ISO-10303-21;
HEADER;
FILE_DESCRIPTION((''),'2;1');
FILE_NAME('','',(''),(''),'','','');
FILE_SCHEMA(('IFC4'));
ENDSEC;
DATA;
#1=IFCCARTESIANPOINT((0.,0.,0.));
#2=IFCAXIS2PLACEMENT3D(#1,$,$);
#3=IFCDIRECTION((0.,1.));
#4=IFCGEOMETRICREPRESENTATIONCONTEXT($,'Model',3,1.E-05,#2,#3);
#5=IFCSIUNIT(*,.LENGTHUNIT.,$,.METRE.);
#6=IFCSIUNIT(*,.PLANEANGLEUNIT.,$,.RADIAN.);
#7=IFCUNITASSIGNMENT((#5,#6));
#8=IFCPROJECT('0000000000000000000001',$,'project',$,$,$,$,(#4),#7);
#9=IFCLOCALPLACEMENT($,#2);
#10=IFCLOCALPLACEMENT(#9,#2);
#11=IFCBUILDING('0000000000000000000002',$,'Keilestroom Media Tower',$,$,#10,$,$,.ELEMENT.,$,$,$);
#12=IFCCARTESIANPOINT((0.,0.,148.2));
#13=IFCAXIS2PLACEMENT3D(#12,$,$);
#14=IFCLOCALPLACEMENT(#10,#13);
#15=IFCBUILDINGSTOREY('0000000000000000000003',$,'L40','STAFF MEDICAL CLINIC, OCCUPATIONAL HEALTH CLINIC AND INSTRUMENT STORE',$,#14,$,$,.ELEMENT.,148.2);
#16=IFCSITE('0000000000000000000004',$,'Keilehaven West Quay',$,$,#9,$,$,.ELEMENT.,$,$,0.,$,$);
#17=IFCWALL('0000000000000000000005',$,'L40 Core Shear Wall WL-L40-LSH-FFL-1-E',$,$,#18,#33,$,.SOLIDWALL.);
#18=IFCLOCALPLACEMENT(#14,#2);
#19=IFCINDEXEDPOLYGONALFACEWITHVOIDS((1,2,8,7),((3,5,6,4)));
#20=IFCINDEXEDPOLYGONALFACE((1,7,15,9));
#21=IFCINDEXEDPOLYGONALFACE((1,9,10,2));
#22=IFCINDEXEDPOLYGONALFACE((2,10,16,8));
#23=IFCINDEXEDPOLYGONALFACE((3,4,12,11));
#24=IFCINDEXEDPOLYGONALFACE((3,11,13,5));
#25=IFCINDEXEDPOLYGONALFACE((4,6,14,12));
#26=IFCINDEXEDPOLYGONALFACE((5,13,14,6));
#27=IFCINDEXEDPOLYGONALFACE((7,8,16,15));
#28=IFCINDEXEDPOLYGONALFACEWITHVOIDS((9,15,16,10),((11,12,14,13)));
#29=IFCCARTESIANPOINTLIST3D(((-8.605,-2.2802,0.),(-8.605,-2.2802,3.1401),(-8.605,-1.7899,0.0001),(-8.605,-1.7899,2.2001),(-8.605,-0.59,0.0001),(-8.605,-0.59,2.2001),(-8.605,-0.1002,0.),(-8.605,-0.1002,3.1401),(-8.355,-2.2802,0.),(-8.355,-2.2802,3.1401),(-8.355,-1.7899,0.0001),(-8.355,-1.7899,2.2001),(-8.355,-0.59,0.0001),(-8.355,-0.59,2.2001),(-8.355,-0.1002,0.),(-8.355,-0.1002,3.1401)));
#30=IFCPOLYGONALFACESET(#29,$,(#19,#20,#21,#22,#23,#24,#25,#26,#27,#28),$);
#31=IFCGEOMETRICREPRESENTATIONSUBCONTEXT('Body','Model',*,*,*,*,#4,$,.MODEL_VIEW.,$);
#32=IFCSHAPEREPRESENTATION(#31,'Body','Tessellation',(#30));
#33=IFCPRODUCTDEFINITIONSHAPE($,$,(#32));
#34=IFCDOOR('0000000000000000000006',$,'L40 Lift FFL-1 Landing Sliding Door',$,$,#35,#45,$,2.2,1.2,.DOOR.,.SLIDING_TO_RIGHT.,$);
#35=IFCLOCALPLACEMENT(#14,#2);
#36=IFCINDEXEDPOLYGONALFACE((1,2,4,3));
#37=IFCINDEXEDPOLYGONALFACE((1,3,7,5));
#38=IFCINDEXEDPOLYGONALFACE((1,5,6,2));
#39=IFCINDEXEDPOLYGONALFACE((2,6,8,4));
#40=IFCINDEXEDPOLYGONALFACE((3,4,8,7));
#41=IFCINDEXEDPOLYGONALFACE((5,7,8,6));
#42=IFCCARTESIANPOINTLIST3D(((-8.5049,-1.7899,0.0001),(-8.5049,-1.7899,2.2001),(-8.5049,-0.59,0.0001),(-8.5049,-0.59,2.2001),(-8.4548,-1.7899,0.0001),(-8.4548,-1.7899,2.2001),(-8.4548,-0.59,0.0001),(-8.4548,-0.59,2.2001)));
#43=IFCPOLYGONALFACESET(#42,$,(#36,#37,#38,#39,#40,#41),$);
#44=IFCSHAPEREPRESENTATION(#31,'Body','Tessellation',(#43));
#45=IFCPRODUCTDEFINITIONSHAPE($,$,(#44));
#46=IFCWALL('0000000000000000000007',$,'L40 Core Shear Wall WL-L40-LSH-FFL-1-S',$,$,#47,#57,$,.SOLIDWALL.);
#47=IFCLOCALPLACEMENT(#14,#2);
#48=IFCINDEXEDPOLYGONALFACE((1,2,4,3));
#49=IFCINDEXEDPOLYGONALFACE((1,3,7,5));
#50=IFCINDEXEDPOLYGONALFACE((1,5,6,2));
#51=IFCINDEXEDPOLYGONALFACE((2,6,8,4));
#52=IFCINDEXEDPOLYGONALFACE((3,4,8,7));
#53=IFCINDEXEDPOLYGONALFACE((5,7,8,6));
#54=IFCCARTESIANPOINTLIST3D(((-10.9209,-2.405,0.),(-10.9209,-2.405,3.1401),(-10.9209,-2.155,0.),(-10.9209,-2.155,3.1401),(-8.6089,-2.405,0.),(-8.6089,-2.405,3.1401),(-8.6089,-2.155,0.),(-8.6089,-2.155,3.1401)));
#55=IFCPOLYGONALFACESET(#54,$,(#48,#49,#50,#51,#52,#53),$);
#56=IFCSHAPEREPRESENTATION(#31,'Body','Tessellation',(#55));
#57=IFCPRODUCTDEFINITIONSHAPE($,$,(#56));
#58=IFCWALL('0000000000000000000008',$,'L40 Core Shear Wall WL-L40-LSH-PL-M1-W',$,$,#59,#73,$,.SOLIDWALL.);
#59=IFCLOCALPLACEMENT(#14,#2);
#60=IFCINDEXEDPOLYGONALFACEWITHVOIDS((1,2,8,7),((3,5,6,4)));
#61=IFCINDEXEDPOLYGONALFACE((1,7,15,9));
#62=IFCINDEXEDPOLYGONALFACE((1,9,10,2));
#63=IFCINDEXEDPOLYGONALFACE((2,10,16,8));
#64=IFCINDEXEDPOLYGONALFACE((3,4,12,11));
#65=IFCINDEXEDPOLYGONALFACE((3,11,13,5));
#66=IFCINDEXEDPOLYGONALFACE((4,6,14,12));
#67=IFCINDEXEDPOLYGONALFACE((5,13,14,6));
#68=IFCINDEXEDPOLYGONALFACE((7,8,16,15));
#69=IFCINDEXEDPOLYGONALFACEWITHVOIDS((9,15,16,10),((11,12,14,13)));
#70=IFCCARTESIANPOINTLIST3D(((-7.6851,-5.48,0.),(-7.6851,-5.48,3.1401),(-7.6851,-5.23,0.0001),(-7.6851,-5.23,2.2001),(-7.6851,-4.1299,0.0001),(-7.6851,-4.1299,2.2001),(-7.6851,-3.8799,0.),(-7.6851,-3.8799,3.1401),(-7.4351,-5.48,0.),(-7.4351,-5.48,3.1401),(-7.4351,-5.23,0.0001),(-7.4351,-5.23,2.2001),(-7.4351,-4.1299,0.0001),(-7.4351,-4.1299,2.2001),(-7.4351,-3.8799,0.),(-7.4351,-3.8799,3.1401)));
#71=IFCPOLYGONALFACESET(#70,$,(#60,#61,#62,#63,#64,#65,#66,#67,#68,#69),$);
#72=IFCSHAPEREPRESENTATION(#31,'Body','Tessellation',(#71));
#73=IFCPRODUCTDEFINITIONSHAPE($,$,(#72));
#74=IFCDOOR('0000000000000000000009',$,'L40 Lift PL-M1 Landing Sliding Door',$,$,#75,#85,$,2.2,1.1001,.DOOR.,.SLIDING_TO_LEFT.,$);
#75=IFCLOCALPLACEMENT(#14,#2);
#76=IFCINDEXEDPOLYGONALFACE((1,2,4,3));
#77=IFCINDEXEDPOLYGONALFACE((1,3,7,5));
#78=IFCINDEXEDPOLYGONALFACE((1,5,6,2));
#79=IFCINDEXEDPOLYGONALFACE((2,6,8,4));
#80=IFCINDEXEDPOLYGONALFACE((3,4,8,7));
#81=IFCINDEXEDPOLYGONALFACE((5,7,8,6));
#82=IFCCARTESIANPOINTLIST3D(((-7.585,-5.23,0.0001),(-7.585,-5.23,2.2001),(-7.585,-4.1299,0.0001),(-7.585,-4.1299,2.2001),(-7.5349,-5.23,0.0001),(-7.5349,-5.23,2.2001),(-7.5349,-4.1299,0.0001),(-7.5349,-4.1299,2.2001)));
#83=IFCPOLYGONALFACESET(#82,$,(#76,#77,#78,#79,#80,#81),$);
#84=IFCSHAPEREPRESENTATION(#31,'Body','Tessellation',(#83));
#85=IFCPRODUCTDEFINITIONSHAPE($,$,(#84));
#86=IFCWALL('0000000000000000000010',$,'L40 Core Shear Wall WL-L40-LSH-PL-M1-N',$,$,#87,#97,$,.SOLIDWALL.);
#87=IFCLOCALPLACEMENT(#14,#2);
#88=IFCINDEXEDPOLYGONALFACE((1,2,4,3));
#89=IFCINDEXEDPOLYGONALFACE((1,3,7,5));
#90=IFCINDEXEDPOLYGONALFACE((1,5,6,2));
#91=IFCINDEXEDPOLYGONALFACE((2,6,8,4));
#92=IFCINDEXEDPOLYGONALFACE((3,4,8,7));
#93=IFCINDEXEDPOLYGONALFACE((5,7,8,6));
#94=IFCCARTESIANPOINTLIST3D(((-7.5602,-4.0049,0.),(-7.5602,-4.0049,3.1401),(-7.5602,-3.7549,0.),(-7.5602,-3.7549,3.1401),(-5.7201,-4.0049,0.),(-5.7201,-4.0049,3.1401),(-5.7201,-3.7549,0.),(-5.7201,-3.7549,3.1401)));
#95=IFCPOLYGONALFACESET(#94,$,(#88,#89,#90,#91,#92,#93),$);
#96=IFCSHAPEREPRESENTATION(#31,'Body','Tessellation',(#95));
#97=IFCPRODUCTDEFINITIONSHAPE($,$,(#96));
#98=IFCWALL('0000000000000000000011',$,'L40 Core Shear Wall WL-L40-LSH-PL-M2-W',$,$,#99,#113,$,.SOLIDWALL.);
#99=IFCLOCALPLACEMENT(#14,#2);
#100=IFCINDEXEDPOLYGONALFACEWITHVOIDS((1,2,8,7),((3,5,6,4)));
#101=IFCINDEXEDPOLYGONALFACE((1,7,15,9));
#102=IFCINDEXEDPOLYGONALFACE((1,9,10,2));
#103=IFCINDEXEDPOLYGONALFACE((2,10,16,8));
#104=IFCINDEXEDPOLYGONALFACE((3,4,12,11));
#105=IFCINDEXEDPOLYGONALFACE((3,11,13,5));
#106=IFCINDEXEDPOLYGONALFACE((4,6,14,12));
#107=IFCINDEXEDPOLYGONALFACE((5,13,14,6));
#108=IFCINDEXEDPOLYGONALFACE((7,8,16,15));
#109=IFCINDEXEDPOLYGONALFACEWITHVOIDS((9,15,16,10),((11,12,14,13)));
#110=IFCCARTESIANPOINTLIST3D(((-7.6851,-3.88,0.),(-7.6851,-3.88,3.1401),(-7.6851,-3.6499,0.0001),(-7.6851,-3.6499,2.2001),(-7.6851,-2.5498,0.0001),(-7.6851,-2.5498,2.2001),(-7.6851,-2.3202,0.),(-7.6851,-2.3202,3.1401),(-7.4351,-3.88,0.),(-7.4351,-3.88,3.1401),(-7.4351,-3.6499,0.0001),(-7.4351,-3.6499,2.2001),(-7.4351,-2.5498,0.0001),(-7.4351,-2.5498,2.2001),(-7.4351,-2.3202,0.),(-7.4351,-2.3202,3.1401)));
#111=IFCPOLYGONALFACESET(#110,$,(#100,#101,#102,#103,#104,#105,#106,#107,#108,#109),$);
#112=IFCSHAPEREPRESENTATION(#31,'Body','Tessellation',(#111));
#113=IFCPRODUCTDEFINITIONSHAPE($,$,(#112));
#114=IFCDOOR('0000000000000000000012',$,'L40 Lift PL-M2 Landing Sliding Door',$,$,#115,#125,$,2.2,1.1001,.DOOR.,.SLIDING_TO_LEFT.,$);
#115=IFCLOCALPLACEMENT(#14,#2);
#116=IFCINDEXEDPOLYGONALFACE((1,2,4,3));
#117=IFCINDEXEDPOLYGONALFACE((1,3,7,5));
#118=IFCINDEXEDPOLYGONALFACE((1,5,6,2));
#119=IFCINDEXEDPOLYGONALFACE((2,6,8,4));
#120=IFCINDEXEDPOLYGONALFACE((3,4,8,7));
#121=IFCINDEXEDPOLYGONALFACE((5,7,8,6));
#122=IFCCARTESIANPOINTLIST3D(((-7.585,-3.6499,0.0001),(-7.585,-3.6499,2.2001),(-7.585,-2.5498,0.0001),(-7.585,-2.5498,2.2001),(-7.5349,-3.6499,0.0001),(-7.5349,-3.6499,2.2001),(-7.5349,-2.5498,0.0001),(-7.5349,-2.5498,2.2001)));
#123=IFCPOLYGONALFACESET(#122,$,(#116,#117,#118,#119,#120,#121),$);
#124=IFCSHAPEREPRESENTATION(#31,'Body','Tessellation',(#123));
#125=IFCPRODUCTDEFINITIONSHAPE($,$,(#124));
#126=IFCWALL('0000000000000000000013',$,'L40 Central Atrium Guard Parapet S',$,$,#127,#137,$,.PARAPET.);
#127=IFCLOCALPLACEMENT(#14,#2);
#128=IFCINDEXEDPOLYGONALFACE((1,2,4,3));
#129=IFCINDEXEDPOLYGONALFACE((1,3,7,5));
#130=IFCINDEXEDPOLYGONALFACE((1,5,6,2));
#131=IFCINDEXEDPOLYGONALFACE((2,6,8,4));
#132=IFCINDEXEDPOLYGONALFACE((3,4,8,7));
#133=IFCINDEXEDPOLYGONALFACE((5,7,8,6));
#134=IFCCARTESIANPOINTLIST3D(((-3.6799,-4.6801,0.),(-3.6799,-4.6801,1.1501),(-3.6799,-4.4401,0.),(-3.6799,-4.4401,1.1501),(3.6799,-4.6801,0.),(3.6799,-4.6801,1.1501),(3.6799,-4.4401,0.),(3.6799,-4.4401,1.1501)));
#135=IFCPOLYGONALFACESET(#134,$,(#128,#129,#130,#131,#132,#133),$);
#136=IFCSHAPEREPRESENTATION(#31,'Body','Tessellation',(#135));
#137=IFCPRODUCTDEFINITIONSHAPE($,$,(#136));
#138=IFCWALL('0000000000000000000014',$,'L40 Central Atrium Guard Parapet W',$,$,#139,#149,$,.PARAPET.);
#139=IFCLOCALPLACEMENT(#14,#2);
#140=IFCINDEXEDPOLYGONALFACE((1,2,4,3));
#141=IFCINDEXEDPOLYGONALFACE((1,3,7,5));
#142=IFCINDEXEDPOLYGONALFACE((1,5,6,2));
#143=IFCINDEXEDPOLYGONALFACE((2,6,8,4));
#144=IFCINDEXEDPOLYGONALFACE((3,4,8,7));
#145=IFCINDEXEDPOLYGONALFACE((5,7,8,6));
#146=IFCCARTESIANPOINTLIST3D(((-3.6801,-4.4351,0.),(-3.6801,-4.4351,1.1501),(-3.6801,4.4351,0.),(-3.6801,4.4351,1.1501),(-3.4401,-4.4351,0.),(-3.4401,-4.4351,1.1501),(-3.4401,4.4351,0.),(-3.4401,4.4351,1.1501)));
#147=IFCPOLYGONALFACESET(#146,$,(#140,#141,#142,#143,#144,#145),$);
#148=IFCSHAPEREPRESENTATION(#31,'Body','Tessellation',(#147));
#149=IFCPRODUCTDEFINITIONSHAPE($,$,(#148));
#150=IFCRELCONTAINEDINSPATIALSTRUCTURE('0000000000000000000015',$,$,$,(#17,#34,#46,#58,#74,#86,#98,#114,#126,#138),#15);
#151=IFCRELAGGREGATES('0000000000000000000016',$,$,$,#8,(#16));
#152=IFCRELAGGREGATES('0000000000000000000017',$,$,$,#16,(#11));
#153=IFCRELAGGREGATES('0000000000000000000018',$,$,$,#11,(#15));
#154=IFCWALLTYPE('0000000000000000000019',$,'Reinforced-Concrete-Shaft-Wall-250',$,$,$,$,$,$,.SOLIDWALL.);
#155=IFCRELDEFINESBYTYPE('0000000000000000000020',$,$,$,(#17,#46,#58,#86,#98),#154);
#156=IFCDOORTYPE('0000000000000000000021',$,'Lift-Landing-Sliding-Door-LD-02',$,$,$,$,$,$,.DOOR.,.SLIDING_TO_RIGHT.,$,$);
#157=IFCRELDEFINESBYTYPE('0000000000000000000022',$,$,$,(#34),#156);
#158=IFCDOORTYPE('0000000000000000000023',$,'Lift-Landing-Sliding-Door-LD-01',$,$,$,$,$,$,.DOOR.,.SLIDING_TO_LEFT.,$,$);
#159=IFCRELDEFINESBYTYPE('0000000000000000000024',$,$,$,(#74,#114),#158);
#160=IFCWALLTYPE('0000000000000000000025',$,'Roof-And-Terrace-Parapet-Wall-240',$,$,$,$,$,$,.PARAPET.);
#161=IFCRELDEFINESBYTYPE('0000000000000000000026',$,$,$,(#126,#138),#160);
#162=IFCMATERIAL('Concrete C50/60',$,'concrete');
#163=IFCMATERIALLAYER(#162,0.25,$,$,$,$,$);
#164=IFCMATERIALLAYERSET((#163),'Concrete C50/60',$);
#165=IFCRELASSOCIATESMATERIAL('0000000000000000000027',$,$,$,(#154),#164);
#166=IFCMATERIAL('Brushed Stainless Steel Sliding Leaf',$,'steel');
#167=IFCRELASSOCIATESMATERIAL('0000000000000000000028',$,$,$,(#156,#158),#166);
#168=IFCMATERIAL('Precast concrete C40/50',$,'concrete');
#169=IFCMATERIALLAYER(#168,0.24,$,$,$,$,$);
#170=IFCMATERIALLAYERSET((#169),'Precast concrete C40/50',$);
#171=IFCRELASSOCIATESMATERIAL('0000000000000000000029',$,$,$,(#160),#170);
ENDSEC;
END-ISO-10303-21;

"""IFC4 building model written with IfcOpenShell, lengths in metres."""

from ifc_helpers import new_model, si_unit, direction, frame, frame_2d, origin, place, context, subcontext, project, spatial, rectangle, extrude, source, transform, mapped, material, layer, layer_set, type_object, element, fill, save


model = new_model("IFC4")

# Units and contexts
model_context = context("Model", 3, precision=1e-05, world=origin(), true_north=direction((0.0, 1.0)))
body_context = subcontext(model_context, "Body", "Model", "MODEL_VIEW")
ifc_project = project(units=[si_unit("LENGTHUNIT", "METRE"), si_unit("PLANEANGLEUNIT", "RADIAN")], contexts=[model_context])

# Site, building, storey
site_placement = place(None, origin())
site = spatial("IfcSite", under=ifc_project, at=site_placement, Name="Keilehaven West Quay", CompositionType="ELEMENT", RefElevation=0.0)
building_placement = place(site_placement, origin())
building = spatial("IfcBuilding", under=site, at=building_placement, Name="Keilestroom Media Tower", CompositionType="ELEMENT")
storey_placement = place(building_placement, frame((0.0, 0.0, 148.2)))
storey = spatial("IfcBuildingStorey", under=building, at=storey_placement, Name="L40", Description="STAFF MEDICAL CLINIC, OCCUPATIONAL HEALTH CLINIC AND INSTRUMENT STORE", CompositionType="ELEMENT", Elevation=148.2)

# Shared definitions
shared_shape_1 = source(origin(), body_context, "Body", "SweptSolid", [
    extrude(rectangle(XDim=1.2, YDim=2.2, at=frame_2d((0.6001, 1.1001))), frame((0.0, 0.0249, 0.0), z_axis=(0.0, -1.0, 0.0), x_axis=(1.0, 0.0, 0.0)), (0.0, 0.0, 1.0), 0.05),
])

# Shared definitions
ifc_material_1 = material(Name="Concrete C50/60", Category="concrete")
ifc_layer_1 = layer(ifc_material_1, 0.25)
ifc_layer_set_1 = layer_set([ifc_layer_1], Name="Concrete C50/60")
wall_type_1 = type_object("IfcWallType", Name="Reinforced-Concrete-Shaft-Wall-250", PredefinedType="SOLIDWALL", material=ifc_layer_set_1)

# Wall, opening, door
wall_1_placement = place(storey_placement, frame((-8.48, -2.28, 0.0), z_axis=(0.0, 0.0, 1.0), x_axis=(0.0, 1.0, 0.0)))
wall_1 = element("IfcWall", 1, at=wall_1_placement, inside=storey, type_object=wall_type_1, Name="L40 Core Shear Wall WL-L40-LSH-FFL-1-E", PredefinedType="SOLIDWALL", context=body_context, shape_type="SweptSolid", body=[
    extrude(rectangle(XDim=2.1799, YDim=0.25, at=frame_2d((1.0898, 0.0))), origin(), (0.0, 0.0, 1.0), 3.1401),
])
opening_1_placement = place(wall_1_placement, frame((0.49, 0.0, 0.0)))
opening_1 = element("IfcOpeningElement", 2, at=opening_1_placement, cuts=wall_1, PredefinedType="OPENING", context=body_context, shape_type="SweptSolid", body=[
    extrude(rectangle(XDim=1.2, YDim=2.2, at=frame_2d((0.6001, 1.1001))), frame((0.0, 0.135, 0.0), z_axis=(0.0, -1.0, 0.0), x_axis=(1.0, 0.0, 0.0)), (0.0, 0.0, 1.0), 0.27),
])
ifc_material_2 = material(Name="Brushed Stainless Steel Sliding Leaf", Category="steel")
door_type_1 = type_object("IfcDoorType", Name="Lift-Landing-Sliding-Door-LD-02", OperationType="SLIDING_TO_RIGHT", PredefinedType="DOOR", material=ifc_material_2)
door_1_placement = place(opening_1_placement, origin())
door_1 = element("IfcDoor", 3, at=door_1_placement, inside=storey, type_object=door_type_1, Name="L40 Lift FFL-1 Landing Sliding Door", OperationType="SLIDING_TO_RIGHT", OverallHeight=2.2, OverallWidth=1.2, PredefinedType="DOOR", context=body_context, shape_type="MappedRepresentation", body=[
    mapped(shared_shape_1, transform((0.0, 0.0, 0.0), x_axis=(1.0, 0.0, 0.0), y_axis=(0.0, 1.0, 0.0), z_axis=(0.0, 0.0, 1.0), scale=1.0)),
])
fill(opening_1, door_1)

# Wall
wall_2_placement = place(storey_placement, frame((-10.9209, -2.28, 0.0), z_axis=(0.0, 0.0, 1.0), x_axis=(1.0, 0.0, 0.0)))
element("IfcWall", 4, at=wall_2_placement, inside=storey, type_object=wall_type_1, Name="L40 Core Shear Wall WL-L40-LSH-FFL-1-S", PredefinedType="SOLIDWALL", context=body_context, shape_type="SweptSolid", body=[
    extrude(rectangle(XDim=2.312, YDim=0.25, at=frame_2d((1.156, 0.0))), origin(), (0.0, 0.0, 1.0), 3.1401),
])

# Wall, opening, door
wall_3_placement = place(storey_placement, frame((-7.5601, -5.48, 0.0), z_axis=(0.0, 0.0, 1.0), x_axis=(0.0, 1.0, 0.0)))
wall_3 = element("IfcWall", 5, at=wall_3_placement, inside=storey, type_object=wall_type_1, Name="L40 Core Shear Wall WL-L40-LSH-PL-M1-W", PredefinedType="SOLIDWALL", context=body_context, shape_type="SweptSolid", body=[
    extrude(rectangle(XDim=1.6001, YDim=0.25, at=frame_2d((0.8, 0.0))), origin(), (0.0, 0.0, 1.0), 3.1401),
])
opening_2_placement = place(wall_3_placement, frame((0.25, 0.0, 0.0)))
opening_2 = element("IfcOpeningElement", 6, at=opening_2_placement, cuts=wall_3, PredefinedType="OPENING", context=body_context, shape_type="SweptSolid", body=[
    extrude(rectangle(XDim=1.1001, YDim=2.2, at=frame_2d((0.55, 1.1001))), frame((0.0, 0.135, 0.0), z_axis=(0.0, -1.0, 0.0), x_axis=(1.0, 0.0, 0.0)), (0.0, 0.0, 1.0), 0.27),
])
door_type_2 = type_object("IfcDoorType", Name="Lift-Landing-Sliding-Door-LD-01", OperationType="SLIDING_TO_LEFT", PredefinedType="DOOR", material=ifc_material_2)
shared_shape_2 = source(origin(), body_context, "Body", "SweptSolid", [
    extrude(rectangle(XDim=1.1001, YDim=2.2, at=frame_2d((0.55, 1.1001))), frame((0.0, 0.0249, 0.0), z_axis=(0.0, -1.0, 0.0), x_axis=(1.0, 0.0, 0.0)), (0.0, 0.0, 1.0), 0.05),
])
door_2_placement = place(opening_2_placement, origin())
door_2 = element("IfcDoor", 7, at=door_2_placement, inside=storey, type_object=door_type_2, Name="L40 Lift PL-M1 Landing Sliding Door", OperationType="SLIDING_TO_LEFT", OverallHeight=2.2, OverallWidth=1.1001, PredefinedType="DOOR", context=body_context, shape_type="MappedRepresentation", body=[
    mapped(shared_shape_2, transform((0.0, 0.0, 0.0), x_axis=(1.0, 0.0, 0.0), y_axis=(0.0, 1.0, 0.0), z_axis=(0.0, 0.0, 1.0), scale=1.0)),
])
fill(opening_2, door_2)

# Wall
wall_4_placement = place(storey_placement, frame((-7.5601, -3.8799, 0.0), z_axis=(0.0, 0.0, 1.0), x_axis=(1.0, 0.0, 0.0)))
element("IfcWall", 8, at=wall_4_placement, inside=storey, type_object=wall_type_1, Name="L40 Core Shear Wall WL-L40-LSH-PL-M1-N", PredefinedType="SOLIDWALL", context=body_context, shape_type="SweptSolid", body=[
    extrude(rectangle(XDim=1.8401, YDim=0.25, at=frame_2d((0.9199, 0.0))), origin(), (0.0, 0.0, 1.0), 3.1401),
])

# Wall, opening, door
wall_5_placement = place(storey_placement, frame((-7.5601, -3.8799, 0.0), z_axis=(0.0, 0.0, 1.0), x_axis=(0.0, 1.0, 0.0)))
wall_5 = element("IfcWall", 9, at=wall_5_placement, inside=storey, type_object=wall_type_1, Name="L40 Core Shear Wall WL-L40-LSH-PL-M2-W", PredefinedType="SOLIDWALL", context=body_context, shape_type="SweptSolid", body=[
    extrude(rectangle(XDim=1.5598, YDim=0.25, at=frame_2d((0.7798, 0.0))), origin(), (0.0, 0.0, 1.0), 3.1401),
])
opening_3_placement = place(wall_5_placement, frame((0.23, 0.0, 0.0)))
opening_3 = element("IfcOpeningElement", 10, at=opening_3_placement, cuts=wall_5, PredefinedType="OPENING", context=body_context, shape_type="SweptSolid", body=[
    extrude(rectangle(XDim=1.1001, YDim=2.2, at=frame_2d((0.55, 1.1001))), frame((0.0, 0.135, 0.0), z_axis=(0.0, -1.0, 0.0), x_axis=(1.0, 0.0, 0.0)), (0.0, 0.0, 1.0), 0.27),
])
door_3_placement = place(opening_3_placement, origin())
door_3 = element("IfcDoor", 11, at=door_3_placement, inside=storey, type_object=door_type_2, Name="L40 Lift PL-M2 Landing Sliding Door", OperationType="SLIDING_TO_LEFT", OverallHeight=2.2, OverallWidth=1.1001, PredefinedType="DOOR", context=body_context, shape_type="MappedRepresentation", body=[
    mapped(shared_shape_2, transform((0.0, 0.0, 0.0), x_axis=(1.0, 0.0, 0.0), y_axis=(0.0, 1.0, 0.0), z_axis=(0.0, 0.0, 1.0), scale=1.0)),
])
fill(opening_3, door_3)

# Walls
ifc_material_3 = material(Name="Precast concrete C40/50", Category="concrete")
ifc_layer_2 = layer(ifc_material_3, 0.24)
ifc_layer_set_2 = layer_set([ifc_layer_2], Name="Precast concrete C40/50")
wall_type_2 = type_object("IfcWallType", Name="Roof-And-Terrace-Parapet-Wall-240", PredefinedType="PARAPET", material=ifc_layer_set_2)
wall_6_placement = place(storey_placement, frame((-3.6799, -4.5601, 0.0), z_axis=(0.0, 0.0, 1.0), x_axis=(1.0, 0.0, 0.0)))
element("IfcWall", 12, at=wall_6_placement, inside=storey, type_object=wall_type_2, Name="L40 Central Atrium Guard Parapet S", PredefinedType="PARAPET", context=body_context, shape_type="SweptSolid", body=[
    extrude(rectangle(XDim=7.3599, YDim=0.24, at=frame_2d((3.6799, 0.0))), origin(), (0.0, 0.0, 1.0), 1.1501),
])
wall_7_placement = place(storey_placement, frame((-3.5601, -4.4351, 0.0), z_axis=(0.0, 0.0, 1.0), x_axis=(0.0, 1.0, 0.0)))
element("IfcWall", 13, at=wall_7_placement, inside=storey, type_object=wall_type_2, Name="L40 Central Atrium Guard Parapet W", PredefinedType="PARAPET", context=body_context, shape_type="SweptSolid", body=[
    extrude(rectangle(XDim=8.8701, YDim=0.24, at=frame_2d((4.4351, 0.0))), origin(), (0.0, 0.0, 1.0), 1.1501),
])

save(model, "model.ifc")
